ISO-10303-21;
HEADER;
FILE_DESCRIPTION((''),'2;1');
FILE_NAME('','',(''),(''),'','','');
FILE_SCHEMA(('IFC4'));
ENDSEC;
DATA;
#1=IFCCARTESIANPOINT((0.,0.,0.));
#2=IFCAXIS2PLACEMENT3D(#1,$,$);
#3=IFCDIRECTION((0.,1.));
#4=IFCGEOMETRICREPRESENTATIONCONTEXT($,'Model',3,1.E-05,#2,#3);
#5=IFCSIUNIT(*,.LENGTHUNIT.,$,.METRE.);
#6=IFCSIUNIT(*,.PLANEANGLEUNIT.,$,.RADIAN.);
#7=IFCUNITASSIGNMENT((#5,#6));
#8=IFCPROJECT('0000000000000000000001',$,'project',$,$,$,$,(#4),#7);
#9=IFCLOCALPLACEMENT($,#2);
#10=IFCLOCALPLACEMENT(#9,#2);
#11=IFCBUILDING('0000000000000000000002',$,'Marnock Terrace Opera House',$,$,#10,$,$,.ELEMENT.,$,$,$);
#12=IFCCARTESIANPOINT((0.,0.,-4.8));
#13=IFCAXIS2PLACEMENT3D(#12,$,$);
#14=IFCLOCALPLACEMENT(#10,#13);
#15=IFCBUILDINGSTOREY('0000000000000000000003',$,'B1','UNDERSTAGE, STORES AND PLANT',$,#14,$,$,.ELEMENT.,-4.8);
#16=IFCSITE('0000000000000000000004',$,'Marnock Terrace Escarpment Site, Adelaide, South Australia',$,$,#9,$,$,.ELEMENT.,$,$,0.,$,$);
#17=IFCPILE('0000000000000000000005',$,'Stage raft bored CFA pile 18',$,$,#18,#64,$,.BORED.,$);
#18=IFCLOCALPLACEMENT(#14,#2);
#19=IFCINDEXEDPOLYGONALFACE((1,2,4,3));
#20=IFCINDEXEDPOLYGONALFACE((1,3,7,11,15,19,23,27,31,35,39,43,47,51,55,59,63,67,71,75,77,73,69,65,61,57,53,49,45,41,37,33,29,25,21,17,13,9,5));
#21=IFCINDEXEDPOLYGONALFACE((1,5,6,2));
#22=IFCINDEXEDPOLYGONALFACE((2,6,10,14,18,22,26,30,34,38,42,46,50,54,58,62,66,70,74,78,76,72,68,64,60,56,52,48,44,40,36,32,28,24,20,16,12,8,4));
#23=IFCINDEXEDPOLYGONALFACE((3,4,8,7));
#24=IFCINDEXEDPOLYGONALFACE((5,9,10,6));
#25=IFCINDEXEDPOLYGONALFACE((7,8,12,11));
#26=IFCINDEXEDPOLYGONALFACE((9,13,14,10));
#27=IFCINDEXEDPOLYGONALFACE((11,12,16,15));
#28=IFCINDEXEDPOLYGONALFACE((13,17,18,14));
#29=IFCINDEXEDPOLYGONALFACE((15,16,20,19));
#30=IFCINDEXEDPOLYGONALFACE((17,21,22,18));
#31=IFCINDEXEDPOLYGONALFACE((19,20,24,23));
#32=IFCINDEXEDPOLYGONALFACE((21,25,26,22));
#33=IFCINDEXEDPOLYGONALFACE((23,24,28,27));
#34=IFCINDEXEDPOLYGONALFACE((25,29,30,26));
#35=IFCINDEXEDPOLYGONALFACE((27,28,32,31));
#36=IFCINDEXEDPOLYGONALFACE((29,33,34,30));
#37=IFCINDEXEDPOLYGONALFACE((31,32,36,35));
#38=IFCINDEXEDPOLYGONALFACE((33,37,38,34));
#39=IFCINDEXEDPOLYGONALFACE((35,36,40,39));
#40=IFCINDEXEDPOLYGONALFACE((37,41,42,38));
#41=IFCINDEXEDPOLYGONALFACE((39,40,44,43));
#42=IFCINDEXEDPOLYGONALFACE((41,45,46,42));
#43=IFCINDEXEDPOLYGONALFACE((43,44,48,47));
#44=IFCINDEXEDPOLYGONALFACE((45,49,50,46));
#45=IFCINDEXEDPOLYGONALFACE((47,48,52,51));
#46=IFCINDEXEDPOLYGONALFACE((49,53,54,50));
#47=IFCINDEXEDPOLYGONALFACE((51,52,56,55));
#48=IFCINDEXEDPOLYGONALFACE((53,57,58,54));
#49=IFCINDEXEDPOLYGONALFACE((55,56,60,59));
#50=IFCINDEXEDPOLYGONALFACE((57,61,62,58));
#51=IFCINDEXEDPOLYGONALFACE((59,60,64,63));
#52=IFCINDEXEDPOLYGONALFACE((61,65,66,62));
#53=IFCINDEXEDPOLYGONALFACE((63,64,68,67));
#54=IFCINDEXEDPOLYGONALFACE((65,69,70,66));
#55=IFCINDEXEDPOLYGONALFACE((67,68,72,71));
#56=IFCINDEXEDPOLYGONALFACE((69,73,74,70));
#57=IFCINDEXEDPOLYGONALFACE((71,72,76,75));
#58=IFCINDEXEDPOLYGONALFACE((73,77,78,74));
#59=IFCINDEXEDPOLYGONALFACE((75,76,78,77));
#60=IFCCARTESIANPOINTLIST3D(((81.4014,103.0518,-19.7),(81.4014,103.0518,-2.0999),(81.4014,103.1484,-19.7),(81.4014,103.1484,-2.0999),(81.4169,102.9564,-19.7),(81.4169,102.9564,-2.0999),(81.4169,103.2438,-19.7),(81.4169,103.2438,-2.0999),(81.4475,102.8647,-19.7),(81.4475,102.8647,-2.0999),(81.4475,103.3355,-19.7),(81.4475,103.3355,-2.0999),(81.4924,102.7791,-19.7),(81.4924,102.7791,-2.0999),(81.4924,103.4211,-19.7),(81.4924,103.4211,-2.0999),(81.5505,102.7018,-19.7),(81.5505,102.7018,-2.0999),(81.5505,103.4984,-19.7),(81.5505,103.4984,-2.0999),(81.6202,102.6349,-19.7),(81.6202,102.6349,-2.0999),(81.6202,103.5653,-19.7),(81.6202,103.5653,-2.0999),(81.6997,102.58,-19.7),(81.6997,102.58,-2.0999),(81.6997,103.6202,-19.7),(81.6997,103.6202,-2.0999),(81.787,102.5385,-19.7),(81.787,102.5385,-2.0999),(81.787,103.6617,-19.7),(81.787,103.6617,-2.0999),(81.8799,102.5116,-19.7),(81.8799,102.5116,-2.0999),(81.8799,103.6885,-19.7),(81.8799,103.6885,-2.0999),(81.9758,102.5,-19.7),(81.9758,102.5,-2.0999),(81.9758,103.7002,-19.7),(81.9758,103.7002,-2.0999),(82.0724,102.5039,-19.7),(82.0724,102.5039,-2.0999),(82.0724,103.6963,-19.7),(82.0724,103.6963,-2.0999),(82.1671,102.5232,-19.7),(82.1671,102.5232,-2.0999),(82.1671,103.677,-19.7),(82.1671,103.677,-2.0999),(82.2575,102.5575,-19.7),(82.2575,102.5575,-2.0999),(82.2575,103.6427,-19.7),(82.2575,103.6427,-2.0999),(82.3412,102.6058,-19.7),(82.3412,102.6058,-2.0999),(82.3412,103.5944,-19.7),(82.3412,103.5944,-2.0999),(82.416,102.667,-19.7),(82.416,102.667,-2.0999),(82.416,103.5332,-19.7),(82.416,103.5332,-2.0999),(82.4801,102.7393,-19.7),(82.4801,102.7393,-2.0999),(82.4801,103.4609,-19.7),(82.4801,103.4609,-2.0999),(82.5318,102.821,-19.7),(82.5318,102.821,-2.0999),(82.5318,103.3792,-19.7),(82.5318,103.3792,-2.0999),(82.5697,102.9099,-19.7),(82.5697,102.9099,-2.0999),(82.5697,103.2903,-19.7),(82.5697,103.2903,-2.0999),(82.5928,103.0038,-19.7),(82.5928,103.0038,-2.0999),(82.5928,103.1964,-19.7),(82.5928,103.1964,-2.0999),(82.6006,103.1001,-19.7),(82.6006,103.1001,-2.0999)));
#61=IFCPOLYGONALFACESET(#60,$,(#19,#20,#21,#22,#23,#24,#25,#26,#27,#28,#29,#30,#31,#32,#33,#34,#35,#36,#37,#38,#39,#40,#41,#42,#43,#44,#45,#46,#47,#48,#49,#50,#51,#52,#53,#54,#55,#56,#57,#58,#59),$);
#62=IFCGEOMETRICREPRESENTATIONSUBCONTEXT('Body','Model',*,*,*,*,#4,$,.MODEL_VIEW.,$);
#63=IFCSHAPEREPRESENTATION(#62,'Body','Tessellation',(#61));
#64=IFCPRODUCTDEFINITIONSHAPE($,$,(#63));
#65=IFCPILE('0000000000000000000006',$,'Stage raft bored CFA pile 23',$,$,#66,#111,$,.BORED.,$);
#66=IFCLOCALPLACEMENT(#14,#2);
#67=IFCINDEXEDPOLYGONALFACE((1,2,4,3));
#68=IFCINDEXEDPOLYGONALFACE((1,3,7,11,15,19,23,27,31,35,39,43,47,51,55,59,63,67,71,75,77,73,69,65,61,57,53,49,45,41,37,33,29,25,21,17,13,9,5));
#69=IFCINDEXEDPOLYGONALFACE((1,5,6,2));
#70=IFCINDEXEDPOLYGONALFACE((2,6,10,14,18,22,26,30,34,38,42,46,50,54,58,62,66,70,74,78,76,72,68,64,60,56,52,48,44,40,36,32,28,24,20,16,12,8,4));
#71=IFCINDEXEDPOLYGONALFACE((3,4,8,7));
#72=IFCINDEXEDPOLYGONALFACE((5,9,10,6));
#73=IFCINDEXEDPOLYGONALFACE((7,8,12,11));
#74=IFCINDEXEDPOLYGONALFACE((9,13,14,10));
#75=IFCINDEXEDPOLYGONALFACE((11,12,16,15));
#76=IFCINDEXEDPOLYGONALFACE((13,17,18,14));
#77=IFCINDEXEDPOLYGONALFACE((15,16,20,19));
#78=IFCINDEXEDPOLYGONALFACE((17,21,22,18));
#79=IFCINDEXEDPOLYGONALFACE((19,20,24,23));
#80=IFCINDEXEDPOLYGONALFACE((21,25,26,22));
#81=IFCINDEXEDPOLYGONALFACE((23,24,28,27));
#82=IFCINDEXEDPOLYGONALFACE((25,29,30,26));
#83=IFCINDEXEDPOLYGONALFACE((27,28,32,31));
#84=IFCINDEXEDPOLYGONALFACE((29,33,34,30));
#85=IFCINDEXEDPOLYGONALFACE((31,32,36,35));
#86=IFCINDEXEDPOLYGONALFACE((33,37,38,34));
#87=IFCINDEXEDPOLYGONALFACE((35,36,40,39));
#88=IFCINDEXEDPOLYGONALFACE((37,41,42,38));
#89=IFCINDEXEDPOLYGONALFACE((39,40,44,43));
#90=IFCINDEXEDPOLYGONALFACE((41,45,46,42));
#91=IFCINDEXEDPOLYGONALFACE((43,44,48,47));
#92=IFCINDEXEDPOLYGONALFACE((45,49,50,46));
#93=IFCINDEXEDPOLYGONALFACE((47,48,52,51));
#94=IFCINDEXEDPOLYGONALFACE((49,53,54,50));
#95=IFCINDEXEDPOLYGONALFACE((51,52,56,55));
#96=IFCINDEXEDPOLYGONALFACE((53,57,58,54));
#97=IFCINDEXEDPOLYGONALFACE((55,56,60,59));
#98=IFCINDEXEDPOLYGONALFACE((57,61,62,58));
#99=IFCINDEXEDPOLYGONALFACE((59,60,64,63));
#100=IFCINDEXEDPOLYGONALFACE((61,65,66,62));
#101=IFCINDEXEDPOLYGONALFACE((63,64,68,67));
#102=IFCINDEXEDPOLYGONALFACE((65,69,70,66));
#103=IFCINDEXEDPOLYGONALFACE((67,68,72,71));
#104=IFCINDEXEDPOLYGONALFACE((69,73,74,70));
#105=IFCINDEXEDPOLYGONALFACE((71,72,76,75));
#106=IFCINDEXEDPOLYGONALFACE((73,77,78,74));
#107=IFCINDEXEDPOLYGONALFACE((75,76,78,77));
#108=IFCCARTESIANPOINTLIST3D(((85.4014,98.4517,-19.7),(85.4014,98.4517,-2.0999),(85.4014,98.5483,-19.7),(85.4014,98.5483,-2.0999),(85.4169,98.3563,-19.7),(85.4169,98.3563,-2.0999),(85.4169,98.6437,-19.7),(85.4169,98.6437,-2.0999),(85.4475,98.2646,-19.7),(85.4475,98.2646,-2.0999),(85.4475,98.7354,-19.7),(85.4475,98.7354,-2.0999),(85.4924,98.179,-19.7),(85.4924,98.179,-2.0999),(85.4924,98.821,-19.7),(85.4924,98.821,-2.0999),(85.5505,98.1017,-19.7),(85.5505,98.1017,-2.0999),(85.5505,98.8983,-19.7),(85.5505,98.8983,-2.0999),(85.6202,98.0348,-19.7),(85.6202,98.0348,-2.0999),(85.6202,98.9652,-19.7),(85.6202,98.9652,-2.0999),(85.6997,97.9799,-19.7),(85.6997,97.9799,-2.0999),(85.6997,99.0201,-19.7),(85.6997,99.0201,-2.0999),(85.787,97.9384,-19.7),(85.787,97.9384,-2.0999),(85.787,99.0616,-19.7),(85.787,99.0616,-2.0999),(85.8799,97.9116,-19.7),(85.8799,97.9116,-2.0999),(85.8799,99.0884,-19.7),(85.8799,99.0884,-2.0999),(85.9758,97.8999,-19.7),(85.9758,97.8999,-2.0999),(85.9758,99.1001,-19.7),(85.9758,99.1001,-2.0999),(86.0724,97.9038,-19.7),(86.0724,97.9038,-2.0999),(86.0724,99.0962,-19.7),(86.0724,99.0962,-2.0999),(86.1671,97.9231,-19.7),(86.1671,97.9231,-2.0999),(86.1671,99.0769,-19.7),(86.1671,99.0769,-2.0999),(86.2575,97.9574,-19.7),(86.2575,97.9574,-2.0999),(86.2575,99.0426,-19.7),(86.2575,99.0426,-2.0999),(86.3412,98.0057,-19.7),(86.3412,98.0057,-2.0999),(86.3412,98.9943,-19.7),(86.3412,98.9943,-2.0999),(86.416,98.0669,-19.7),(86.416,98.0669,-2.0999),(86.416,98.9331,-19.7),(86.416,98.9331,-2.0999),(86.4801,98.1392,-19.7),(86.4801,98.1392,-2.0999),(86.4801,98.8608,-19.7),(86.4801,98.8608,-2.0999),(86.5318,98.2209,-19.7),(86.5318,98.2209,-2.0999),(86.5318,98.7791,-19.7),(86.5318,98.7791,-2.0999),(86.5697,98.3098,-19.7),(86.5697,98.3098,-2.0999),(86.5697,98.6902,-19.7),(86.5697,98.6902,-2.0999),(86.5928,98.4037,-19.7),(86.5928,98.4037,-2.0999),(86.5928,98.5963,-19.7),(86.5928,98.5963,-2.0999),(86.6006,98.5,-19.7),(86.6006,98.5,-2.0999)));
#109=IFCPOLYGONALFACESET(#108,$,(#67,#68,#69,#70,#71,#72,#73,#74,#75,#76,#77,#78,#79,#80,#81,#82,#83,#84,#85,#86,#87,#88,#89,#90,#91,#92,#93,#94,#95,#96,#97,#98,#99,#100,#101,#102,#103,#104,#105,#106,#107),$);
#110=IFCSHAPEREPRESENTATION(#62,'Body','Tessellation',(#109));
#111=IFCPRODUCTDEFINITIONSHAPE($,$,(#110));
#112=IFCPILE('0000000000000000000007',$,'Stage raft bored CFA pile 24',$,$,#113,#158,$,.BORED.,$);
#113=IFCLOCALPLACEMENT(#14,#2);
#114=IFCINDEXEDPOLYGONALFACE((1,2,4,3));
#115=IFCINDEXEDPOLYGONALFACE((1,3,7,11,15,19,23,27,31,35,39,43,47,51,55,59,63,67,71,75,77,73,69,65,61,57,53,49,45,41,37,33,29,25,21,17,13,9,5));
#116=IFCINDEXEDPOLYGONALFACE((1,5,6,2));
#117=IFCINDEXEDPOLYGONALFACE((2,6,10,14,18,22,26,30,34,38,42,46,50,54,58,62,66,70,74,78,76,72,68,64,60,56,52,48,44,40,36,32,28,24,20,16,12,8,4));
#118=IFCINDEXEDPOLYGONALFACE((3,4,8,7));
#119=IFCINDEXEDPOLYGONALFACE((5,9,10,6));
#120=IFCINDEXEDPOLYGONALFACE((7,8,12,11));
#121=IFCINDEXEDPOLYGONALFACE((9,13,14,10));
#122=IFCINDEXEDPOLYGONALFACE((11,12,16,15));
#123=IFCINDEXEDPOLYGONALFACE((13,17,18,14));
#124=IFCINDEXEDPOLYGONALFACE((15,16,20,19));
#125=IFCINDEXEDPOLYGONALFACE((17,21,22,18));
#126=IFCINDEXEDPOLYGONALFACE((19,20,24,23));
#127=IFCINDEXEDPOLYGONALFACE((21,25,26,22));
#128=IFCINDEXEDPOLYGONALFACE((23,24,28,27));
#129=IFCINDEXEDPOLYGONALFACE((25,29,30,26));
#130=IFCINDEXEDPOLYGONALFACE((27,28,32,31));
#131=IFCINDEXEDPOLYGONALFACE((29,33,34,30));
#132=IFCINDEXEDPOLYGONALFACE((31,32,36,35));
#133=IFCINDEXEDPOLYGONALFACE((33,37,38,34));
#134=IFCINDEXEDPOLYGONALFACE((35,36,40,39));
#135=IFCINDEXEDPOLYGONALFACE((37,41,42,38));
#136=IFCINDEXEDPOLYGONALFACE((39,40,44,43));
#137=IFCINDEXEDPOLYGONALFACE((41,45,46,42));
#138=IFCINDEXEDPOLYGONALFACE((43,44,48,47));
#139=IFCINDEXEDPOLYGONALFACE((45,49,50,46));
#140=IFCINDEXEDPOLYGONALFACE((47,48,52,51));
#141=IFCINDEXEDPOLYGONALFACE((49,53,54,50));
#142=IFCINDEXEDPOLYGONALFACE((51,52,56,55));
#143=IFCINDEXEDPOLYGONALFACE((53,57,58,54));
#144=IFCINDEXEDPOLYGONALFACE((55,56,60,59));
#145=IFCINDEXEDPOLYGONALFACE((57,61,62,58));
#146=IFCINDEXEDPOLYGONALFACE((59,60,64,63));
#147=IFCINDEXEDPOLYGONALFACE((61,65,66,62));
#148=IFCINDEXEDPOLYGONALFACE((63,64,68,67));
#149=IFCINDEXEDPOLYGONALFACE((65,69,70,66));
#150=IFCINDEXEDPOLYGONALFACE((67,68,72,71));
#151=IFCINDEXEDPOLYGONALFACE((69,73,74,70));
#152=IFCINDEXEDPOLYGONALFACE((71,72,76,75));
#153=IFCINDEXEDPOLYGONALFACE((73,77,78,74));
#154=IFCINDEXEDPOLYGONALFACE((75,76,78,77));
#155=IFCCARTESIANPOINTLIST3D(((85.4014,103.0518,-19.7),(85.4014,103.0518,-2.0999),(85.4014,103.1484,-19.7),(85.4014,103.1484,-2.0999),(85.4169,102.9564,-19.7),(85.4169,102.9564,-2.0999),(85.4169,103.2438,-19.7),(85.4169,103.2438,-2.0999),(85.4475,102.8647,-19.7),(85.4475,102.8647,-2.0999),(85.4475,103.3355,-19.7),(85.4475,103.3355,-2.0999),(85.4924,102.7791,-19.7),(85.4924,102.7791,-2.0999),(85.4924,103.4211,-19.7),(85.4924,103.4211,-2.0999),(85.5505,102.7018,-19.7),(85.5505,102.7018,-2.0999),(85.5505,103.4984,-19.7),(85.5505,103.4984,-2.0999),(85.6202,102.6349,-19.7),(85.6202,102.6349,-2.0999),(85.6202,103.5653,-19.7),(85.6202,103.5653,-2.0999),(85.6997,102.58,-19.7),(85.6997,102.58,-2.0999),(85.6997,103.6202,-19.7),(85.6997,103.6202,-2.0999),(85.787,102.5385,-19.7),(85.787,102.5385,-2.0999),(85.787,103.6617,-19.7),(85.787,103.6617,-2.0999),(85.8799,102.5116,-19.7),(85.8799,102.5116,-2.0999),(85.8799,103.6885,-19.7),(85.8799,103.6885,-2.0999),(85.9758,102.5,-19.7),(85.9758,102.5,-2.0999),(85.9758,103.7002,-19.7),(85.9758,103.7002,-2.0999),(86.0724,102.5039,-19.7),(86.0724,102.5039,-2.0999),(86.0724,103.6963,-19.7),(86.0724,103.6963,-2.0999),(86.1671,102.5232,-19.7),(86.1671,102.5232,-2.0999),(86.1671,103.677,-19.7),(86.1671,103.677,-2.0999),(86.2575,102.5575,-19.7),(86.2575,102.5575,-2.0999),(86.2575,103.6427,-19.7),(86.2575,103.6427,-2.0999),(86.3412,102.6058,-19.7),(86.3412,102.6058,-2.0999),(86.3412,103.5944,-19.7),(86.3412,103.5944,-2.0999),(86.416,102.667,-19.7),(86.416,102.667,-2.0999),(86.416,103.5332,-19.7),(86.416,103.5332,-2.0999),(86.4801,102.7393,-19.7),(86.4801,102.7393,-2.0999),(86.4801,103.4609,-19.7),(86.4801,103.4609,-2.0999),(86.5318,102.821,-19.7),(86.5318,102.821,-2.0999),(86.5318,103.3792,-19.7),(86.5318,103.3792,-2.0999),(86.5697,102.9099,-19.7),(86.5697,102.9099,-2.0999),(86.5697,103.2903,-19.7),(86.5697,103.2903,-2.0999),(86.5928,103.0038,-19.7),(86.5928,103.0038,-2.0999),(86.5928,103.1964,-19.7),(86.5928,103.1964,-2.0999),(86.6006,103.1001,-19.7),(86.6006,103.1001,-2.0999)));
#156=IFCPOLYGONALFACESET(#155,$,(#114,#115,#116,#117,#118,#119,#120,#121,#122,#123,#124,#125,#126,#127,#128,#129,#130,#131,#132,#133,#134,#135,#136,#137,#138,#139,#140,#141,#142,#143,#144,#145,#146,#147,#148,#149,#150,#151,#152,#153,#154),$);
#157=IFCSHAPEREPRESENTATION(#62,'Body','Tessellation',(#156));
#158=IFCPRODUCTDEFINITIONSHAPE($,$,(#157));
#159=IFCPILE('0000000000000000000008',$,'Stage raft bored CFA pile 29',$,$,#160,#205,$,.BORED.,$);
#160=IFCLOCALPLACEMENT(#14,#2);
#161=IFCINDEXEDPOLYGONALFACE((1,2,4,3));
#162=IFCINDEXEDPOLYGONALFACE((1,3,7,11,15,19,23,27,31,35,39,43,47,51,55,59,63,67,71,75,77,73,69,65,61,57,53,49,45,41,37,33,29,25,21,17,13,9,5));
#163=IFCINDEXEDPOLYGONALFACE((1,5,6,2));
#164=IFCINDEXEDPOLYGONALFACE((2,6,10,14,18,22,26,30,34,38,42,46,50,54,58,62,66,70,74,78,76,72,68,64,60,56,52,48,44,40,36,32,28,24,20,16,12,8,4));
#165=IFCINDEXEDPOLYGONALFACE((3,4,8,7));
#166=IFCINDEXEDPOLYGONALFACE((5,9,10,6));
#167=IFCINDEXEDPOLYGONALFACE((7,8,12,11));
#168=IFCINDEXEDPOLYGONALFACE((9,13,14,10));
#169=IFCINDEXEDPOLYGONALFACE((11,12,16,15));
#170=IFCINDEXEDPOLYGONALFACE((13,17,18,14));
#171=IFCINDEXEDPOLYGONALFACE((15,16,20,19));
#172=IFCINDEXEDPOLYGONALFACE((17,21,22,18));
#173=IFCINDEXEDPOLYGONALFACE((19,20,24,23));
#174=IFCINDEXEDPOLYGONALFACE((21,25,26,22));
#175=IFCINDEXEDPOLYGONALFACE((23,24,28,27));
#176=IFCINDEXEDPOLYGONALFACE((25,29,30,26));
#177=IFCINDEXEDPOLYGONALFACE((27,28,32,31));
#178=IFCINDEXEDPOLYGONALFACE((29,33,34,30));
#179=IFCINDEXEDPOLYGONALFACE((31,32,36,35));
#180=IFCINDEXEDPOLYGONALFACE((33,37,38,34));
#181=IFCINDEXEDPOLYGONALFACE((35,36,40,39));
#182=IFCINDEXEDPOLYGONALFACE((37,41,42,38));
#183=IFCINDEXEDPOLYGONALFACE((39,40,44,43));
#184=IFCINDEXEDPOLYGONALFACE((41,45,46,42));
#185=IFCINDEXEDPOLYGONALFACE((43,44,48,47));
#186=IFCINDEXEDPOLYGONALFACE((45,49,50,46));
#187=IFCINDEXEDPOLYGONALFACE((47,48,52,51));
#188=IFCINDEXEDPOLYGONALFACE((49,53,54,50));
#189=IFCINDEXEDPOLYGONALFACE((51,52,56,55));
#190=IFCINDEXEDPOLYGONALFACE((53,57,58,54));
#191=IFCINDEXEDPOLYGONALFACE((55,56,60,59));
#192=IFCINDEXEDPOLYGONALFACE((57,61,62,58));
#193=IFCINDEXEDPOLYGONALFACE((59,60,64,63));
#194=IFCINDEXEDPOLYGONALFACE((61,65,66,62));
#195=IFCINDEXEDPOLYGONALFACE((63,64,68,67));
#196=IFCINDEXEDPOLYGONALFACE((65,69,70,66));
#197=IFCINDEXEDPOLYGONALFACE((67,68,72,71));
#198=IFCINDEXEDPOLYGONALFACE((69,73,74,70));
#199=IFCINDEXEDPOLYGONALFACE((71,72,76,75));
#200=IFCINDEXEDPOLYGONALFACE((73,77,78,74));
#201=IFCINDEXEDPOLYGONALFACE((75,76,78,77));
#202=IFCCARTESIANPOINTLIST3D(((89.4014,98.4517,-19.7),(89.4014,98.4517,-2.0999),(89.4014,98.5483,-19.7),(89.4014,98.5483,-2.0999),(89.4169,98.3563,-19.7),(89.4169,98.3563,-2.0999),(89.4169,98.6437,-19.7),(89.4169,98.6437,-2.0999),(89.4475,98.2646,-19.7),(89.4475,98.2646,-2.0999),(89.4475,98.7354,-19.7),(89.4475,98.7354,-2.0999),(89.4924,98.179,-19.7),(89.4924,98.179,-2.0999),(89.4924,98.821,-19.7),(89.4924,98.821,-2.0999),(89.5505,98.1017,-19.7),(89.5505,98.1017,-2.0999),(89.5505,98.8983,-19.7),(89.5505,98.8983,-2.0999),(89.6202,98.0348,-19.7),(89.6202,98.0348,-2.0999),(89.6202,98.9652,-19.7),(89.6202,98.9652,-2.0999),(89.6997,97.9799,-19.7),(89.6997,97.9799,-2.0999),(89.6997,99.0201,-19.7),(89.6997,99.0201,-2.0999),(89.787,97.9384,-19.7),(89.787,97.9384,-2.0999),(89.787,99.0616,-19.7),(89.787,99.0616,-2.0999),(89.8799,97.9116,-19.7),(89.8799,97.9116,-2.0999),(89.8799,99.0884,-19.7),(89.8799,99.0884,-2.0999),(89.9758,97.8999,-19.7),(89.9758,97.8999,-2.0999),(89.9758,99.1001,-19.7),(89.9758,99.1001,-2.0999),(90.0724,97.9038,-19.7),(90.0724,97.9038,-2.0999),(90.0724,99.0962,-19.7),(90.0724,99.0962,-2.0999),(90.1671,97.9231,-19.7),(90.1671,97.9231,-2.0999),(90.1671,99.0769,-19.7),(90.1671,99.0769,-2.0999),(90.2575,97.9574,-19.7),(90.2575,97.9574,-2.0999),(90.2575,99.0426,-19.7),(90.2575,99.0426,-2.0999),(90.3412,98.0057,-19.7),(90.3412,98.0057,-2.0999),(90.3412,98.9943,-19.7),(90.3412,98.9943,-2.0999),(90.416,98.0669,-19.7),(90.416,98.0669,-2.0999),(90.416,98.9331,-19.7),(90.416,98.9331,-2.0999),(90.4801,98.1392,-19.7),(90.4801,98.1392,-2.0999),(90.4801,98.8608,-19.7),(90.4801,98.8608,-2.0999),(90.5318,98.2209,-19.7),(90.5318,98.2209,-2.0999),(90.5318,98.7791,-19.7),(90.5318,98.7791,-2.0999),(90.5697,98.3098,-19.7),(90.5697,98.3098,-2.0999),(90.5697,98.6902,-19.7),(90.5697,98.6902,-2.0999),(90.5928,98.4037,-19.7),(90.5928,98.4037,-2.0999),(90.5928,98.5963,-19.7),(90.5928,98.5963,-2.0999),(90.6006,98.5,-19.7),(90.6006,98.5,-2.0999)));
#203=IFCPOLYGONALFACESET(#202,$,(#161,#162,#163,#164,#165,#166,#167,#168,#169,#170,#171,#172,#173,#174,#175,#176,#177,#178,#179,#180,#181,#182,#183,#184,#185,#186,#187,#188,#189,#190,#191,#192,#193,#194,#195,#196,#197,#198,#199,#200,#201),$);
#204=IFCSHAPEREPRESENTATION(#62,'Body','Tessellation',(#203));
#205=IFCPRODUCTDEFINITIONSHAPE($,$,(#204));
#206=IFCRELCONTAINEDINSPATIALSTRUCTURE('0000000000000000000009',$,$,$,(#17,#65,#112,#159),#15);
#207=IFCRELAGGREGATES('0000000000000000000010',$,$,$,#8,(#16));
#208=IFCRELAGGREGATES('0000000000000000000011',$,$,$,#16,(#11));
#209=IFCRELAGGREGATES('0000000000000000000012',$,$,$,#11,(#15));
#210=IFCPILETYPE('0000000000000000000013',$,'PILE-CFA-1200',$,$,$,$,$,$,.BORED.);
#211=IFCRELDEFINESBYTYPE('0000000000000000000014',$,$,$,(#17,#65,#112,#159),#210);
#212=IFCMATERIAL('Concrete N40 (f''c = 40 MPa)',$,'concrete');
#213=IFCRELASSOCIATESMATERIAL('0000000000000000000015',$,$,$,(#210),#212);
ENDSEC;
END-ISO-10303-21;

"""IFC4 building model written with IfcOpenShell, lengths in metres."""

from ifc_helpers import new_model, si_unit, direction, frame, origin, origin_2d, place, context, subcontext, project, spatial, circle, extrude, material, material_profile, profile_set, type_object, element, save


model = new_model("IFC4")

# Units and contexts
model_context = context("Model", 3, precision=1e-05, world=origin(), true_north=direction((0.0, 1.0)))
body_context = subcontext(model_context, "Body", "Model", "MODEL_VIEW")
ifc_project = project(units=[si_unit("LENGTHUNIT", "METRE"), si_unit("PLANEANGLEUNIT", "RADIAN")], contexts=[model_context])

# Site, building, storey
site_placement = place(None, origin())
site = spatial("IfcSite", under=ifc_project, at=site_placement, Name="Marnock Terrace Escarpment Site, Adelaide, South Australia", CompositionType="ELEMENT", RefElevation=0.0)
building_placement = place(site_placement, origin())
building = spatial("IfcBuilding", under=site, at=building_placement, Name="Marnock Terrace Opera House", CompositionType="ELEMENT")
storey_placement = place(building_placement, frame((0.0, 0.0, -4.8)))
storey = spatial("IfcBuildingStorey", under=building, at=storey_placement, Name="B1", Description="UNDERSTAGE, STORES AND PLANT", CompositionType="ELEMENT", Elevation=-4.8)

# Shared definitions
ifc_material_1 = material(Name="Concrete N40 (f'c = 40 MPa)", Category="concrete")

# Piles
ifc_material_profile_1 = material_profile(ifc_material_1, circle(Radius=0.6006, at=origin_2d()))
ifc_profile_set_1 = profile_set([ifc_material_profile_1], Name="Concrete N40 (f'c = 40 MPa)")
pile_type = type_object("IfcPileType", Name="PILE-CFA-1200", PredefinedType="BORED", material=ifc_profile_set_1)
for number, where, z_axis, x_axis, name in (
    (1, (82.0, 103.1001, -2.0999), (0.0, 0.0, -1.0), (1.0, 0.0, 0.0), "Stage raft bored CFA pile 18"),
    (2, (86.0, 98.5, -2.0999), (0.0, 0.0, -1.0), (1.0, 0.0, 0.0), "Stage raft bored CFA pile 23"),
    (3, (86.0, 103.1001, -2.0999), (0.0, 0.0, -1.0), (1.0, 0.0, 0.0), "Stage raft bored CFA pile 24"),
    (4, (90.0, 98.5, -2.0999), (0.0, 0.0, -1.0), (1.0, 0.0, 0.0), "Stage raft bored CFA pile 29"),
):
    element("IfcPile", number, at=place(storey_placement, frame(where, z_axis=z_axis, x_axis=x_axis)), inside=storey, type_object=pile_type, Name=name, PredefinedType="BORED", context=body_context, shape_type="SweptSolid", body=[
        extrude(circle(Radius=0.6006, at=origin_2d()), origin(), (0.0, 0.0, 1.0), 17.6001),
    ])

save(model, "model.ifc")
